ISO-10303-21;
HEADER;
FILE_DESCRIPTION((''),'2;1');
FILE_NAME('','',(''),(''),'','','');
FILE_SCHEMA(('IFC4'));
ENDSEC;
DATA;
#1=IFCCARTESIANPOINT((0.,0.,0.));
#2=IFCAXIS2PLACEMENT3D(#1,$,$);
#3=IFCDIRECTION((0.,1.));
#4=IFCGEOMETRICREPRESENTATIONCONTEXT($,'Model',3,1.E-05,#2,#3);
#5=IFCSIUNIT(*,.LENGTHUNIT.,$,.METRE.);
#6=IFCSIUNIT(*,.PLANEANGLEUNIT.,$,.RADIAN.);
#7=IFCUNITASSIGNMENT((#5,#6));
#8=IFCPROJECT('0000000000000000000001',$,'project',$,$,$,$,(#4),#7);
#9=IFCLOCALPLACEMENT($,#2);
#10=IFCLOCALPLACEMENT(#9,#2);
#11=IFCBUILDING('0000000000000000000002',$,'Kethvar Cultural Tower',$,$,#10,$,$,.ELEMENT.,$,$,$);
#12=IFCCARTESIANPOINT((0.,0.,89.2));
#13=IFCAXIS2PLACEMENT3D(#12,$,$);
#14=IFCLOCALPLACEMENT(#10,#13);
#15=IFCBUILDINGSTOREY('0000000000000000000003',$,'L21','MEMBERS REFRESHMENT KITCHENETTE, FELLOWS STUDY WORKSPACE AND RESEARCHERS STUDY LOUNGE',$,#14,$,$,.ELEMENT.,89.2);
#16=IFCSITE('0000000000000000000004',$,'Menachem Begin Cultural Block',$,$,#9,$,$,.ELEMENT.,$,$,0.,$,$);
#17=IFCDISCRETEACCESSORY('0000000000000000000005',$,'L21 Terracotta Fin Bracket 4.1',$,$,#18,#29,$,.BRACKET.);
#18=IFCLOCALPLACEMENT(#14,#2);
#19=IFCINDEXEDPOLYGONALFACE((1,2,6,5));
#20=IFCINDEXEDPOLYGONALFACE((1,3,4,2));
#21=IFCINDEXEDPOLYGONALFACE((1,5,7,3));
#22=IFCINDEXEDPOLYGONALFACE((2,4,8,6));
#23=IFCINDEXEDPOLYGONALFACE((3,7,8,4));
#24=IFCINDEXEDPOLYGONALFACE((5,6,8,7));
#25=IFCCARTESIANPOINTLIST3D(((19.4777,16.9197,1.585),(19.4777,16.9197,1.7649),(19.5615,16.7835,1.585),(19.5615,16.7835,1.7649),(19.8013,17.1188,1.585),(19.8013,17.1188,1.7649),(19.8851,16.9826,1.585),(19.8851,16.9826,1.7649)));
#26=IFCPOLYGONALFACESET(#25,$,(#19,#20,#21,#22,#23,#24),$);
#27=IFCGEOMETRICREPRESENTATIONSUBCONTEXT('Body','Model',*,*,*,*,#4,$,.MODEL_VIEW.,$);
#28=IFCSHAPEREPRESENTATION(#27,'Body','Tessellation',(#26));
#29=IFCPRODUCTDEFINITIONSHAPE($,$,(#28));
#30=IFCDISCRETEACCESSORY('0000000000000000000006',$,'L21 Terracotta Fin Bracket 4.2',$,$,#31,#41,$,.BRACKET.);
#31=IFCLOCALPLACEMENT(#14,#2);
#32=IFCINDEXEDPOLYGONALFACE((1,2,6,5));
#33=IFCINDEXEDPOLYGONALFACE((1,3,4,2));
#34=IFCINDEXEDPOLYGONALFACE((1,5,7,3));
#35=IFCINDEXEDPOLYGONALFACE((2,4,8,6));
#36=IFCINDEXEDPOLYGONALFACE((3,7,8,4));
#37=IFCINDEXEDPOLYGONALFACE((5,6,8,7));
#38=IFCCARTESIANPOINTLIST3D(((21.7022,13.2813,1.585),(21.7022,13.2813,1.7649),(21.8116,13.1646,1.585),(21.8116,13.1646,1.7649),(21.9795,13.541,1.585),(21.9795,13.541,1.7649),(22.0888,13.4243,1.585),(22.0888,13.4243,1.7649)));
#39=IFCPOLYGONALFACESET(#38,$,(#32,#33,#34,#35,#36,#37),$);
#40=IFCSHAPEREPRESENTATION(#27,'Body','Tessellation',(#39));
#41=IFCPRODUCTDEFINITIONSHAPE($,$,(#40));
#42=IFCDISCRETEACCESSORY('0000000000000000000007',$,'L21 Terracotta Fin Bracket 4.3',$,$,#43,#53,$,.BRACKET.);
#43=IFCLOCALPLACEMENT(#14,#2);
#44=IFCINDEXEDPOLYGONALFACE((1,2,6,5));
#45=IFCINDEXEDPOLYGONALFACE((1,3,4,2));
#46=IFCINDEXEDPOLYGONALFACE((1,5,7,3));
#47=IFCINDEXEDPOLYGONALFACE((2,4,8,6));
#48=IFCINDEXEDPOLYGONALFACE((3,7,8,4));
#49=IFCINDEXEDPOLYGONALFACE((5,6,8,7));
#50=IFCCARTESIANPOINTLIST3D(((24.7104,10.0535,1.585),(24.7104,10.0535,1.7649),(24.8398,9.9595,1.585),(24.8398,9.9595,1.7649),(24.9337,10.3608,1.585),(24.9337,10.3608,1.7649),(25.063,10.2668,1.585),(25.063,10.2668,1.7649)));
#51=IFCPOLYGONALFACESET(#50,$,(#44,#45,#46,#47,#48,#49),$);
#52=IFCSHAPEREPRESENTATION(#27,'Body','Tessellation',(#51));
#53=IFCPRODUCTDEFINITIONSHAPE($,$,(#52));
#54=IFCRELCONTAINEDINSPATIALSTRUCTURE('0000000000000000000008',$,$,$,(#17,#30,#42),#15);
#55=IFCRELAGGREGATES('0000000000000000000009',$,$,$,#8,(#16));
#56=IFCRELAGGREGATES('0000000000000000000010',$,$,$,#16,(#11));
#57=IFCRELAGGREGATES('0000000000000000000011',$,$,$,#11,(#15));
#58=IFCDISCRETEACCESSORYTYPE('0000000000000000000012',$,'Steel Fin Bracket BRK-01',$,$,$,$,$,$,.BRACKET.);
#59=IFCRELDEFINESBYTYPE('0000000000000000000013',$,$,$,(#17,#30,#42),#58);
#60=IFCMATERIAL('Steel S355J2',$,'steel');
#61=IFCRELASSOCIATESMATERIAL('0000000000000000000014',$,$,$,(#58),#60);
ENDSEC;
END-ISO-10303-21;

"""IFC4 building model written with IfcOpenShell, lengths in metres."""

from ifc_helpers import new_model, si_unit, direction, frame, origin, origin_2d, place, context, subcontext, project, spatial, rectangle, extrude, source, transform, mapped, material, type_object, element, save


model = new_model("IFC4")

# Units and contexts
model_context = context("Model", 3, precision=1e-05, world=origin(), true_north=direction((0.0, 1.0)))
body_context = subcontext(model_context, "Body", "Model", "MODEL_VIEW")
ifc_project = project(units=[si_unit("LENGTHUNIT", "METRE"), si_unit("PLANEANGLEUNIT", "RADIAN")], contexts=[model_context])

# Site, building, storey
site_placement = place(None, origin())
site = spatial("IfcSite", under=ifc_project, at=site_placement, Name="Menachem Begin Cultural Block", CompositionType="ELEMENT", RefElevation=0.0)
building_placement = place(site_placement, origin())
building = spatial("IfcBuilding", under=site, at=building_placement, Name="Kethvar Cultural Tower", CompositionType="ELEMENT")
storey_placement = place(building_placement, frame((0.0, 0.0, 89.2)))
storey = spatial("IfcBuildingStorey", under=building, at=storey_placement, Name="L21", Description="MEMBERS REFRESHMENT KITCHENETTE, FELLOWS STUDY WORKSPACE AND RESEARCHERS STUDY LOUNGE", CompositionType="ELEMENT", Elevation=89.2)

# Shared definitions
ifc_material_1 = material(Name="Steel S355J2", Category="steel")

# Discrete accessories
discrete_accessory_type = type_object("IfcDiscreteAccessoryType", Name="Steel Fin Bracket BRK-01", PredefinedType="BRACKET", material=ifc_material_1)
shared_shape_1 = source(origin(), body_context, "Body", "SweptSolid", [
    extrude(rectangle(XDim=0.3799, YDim=0.1599, at=origin_2d()), origin(), (0.0, 0.0, 1.0), 0.1799),
])
for number, where, z_axis, x_axis, name in (
    (1, (19.6814, 16.9512, 1.585), (0.0, 0.0, 1.0), (-0.851727, -0.523986, 0.0), "L21 Terracotta Fin Bracket 4.1"),
    (2, (21.8955, 13.3528, 1.585), (0.0, 0.0, 1.0), (-0.729804, -0.683656, 0.0), "L21 Terracotta Fin Bracket 4.2"),
    (3, (24.8867, 10.1602, 1.585), (0.0, 0.0, 1.0), (-0.587785, -0.809017, 0.0), "L21 Terracotta Fin Bracket 4.3"),
):
    element("IfcDiscreteAccessory", number, at=place(storey_placement, frame(where, z_axis=z_axis, x_axis=x_axis)), inside=storey, type_object=discrete_accessory_type, Name=name, PredefinedType="BRACKET", context=body_context, shape_type="MappedRepresentation", body=[
        mapped(shared_shape_1, transform((0.0, 0.0, 0.0), scale=1.0)),
    ])

save(model, "model.ifc")
